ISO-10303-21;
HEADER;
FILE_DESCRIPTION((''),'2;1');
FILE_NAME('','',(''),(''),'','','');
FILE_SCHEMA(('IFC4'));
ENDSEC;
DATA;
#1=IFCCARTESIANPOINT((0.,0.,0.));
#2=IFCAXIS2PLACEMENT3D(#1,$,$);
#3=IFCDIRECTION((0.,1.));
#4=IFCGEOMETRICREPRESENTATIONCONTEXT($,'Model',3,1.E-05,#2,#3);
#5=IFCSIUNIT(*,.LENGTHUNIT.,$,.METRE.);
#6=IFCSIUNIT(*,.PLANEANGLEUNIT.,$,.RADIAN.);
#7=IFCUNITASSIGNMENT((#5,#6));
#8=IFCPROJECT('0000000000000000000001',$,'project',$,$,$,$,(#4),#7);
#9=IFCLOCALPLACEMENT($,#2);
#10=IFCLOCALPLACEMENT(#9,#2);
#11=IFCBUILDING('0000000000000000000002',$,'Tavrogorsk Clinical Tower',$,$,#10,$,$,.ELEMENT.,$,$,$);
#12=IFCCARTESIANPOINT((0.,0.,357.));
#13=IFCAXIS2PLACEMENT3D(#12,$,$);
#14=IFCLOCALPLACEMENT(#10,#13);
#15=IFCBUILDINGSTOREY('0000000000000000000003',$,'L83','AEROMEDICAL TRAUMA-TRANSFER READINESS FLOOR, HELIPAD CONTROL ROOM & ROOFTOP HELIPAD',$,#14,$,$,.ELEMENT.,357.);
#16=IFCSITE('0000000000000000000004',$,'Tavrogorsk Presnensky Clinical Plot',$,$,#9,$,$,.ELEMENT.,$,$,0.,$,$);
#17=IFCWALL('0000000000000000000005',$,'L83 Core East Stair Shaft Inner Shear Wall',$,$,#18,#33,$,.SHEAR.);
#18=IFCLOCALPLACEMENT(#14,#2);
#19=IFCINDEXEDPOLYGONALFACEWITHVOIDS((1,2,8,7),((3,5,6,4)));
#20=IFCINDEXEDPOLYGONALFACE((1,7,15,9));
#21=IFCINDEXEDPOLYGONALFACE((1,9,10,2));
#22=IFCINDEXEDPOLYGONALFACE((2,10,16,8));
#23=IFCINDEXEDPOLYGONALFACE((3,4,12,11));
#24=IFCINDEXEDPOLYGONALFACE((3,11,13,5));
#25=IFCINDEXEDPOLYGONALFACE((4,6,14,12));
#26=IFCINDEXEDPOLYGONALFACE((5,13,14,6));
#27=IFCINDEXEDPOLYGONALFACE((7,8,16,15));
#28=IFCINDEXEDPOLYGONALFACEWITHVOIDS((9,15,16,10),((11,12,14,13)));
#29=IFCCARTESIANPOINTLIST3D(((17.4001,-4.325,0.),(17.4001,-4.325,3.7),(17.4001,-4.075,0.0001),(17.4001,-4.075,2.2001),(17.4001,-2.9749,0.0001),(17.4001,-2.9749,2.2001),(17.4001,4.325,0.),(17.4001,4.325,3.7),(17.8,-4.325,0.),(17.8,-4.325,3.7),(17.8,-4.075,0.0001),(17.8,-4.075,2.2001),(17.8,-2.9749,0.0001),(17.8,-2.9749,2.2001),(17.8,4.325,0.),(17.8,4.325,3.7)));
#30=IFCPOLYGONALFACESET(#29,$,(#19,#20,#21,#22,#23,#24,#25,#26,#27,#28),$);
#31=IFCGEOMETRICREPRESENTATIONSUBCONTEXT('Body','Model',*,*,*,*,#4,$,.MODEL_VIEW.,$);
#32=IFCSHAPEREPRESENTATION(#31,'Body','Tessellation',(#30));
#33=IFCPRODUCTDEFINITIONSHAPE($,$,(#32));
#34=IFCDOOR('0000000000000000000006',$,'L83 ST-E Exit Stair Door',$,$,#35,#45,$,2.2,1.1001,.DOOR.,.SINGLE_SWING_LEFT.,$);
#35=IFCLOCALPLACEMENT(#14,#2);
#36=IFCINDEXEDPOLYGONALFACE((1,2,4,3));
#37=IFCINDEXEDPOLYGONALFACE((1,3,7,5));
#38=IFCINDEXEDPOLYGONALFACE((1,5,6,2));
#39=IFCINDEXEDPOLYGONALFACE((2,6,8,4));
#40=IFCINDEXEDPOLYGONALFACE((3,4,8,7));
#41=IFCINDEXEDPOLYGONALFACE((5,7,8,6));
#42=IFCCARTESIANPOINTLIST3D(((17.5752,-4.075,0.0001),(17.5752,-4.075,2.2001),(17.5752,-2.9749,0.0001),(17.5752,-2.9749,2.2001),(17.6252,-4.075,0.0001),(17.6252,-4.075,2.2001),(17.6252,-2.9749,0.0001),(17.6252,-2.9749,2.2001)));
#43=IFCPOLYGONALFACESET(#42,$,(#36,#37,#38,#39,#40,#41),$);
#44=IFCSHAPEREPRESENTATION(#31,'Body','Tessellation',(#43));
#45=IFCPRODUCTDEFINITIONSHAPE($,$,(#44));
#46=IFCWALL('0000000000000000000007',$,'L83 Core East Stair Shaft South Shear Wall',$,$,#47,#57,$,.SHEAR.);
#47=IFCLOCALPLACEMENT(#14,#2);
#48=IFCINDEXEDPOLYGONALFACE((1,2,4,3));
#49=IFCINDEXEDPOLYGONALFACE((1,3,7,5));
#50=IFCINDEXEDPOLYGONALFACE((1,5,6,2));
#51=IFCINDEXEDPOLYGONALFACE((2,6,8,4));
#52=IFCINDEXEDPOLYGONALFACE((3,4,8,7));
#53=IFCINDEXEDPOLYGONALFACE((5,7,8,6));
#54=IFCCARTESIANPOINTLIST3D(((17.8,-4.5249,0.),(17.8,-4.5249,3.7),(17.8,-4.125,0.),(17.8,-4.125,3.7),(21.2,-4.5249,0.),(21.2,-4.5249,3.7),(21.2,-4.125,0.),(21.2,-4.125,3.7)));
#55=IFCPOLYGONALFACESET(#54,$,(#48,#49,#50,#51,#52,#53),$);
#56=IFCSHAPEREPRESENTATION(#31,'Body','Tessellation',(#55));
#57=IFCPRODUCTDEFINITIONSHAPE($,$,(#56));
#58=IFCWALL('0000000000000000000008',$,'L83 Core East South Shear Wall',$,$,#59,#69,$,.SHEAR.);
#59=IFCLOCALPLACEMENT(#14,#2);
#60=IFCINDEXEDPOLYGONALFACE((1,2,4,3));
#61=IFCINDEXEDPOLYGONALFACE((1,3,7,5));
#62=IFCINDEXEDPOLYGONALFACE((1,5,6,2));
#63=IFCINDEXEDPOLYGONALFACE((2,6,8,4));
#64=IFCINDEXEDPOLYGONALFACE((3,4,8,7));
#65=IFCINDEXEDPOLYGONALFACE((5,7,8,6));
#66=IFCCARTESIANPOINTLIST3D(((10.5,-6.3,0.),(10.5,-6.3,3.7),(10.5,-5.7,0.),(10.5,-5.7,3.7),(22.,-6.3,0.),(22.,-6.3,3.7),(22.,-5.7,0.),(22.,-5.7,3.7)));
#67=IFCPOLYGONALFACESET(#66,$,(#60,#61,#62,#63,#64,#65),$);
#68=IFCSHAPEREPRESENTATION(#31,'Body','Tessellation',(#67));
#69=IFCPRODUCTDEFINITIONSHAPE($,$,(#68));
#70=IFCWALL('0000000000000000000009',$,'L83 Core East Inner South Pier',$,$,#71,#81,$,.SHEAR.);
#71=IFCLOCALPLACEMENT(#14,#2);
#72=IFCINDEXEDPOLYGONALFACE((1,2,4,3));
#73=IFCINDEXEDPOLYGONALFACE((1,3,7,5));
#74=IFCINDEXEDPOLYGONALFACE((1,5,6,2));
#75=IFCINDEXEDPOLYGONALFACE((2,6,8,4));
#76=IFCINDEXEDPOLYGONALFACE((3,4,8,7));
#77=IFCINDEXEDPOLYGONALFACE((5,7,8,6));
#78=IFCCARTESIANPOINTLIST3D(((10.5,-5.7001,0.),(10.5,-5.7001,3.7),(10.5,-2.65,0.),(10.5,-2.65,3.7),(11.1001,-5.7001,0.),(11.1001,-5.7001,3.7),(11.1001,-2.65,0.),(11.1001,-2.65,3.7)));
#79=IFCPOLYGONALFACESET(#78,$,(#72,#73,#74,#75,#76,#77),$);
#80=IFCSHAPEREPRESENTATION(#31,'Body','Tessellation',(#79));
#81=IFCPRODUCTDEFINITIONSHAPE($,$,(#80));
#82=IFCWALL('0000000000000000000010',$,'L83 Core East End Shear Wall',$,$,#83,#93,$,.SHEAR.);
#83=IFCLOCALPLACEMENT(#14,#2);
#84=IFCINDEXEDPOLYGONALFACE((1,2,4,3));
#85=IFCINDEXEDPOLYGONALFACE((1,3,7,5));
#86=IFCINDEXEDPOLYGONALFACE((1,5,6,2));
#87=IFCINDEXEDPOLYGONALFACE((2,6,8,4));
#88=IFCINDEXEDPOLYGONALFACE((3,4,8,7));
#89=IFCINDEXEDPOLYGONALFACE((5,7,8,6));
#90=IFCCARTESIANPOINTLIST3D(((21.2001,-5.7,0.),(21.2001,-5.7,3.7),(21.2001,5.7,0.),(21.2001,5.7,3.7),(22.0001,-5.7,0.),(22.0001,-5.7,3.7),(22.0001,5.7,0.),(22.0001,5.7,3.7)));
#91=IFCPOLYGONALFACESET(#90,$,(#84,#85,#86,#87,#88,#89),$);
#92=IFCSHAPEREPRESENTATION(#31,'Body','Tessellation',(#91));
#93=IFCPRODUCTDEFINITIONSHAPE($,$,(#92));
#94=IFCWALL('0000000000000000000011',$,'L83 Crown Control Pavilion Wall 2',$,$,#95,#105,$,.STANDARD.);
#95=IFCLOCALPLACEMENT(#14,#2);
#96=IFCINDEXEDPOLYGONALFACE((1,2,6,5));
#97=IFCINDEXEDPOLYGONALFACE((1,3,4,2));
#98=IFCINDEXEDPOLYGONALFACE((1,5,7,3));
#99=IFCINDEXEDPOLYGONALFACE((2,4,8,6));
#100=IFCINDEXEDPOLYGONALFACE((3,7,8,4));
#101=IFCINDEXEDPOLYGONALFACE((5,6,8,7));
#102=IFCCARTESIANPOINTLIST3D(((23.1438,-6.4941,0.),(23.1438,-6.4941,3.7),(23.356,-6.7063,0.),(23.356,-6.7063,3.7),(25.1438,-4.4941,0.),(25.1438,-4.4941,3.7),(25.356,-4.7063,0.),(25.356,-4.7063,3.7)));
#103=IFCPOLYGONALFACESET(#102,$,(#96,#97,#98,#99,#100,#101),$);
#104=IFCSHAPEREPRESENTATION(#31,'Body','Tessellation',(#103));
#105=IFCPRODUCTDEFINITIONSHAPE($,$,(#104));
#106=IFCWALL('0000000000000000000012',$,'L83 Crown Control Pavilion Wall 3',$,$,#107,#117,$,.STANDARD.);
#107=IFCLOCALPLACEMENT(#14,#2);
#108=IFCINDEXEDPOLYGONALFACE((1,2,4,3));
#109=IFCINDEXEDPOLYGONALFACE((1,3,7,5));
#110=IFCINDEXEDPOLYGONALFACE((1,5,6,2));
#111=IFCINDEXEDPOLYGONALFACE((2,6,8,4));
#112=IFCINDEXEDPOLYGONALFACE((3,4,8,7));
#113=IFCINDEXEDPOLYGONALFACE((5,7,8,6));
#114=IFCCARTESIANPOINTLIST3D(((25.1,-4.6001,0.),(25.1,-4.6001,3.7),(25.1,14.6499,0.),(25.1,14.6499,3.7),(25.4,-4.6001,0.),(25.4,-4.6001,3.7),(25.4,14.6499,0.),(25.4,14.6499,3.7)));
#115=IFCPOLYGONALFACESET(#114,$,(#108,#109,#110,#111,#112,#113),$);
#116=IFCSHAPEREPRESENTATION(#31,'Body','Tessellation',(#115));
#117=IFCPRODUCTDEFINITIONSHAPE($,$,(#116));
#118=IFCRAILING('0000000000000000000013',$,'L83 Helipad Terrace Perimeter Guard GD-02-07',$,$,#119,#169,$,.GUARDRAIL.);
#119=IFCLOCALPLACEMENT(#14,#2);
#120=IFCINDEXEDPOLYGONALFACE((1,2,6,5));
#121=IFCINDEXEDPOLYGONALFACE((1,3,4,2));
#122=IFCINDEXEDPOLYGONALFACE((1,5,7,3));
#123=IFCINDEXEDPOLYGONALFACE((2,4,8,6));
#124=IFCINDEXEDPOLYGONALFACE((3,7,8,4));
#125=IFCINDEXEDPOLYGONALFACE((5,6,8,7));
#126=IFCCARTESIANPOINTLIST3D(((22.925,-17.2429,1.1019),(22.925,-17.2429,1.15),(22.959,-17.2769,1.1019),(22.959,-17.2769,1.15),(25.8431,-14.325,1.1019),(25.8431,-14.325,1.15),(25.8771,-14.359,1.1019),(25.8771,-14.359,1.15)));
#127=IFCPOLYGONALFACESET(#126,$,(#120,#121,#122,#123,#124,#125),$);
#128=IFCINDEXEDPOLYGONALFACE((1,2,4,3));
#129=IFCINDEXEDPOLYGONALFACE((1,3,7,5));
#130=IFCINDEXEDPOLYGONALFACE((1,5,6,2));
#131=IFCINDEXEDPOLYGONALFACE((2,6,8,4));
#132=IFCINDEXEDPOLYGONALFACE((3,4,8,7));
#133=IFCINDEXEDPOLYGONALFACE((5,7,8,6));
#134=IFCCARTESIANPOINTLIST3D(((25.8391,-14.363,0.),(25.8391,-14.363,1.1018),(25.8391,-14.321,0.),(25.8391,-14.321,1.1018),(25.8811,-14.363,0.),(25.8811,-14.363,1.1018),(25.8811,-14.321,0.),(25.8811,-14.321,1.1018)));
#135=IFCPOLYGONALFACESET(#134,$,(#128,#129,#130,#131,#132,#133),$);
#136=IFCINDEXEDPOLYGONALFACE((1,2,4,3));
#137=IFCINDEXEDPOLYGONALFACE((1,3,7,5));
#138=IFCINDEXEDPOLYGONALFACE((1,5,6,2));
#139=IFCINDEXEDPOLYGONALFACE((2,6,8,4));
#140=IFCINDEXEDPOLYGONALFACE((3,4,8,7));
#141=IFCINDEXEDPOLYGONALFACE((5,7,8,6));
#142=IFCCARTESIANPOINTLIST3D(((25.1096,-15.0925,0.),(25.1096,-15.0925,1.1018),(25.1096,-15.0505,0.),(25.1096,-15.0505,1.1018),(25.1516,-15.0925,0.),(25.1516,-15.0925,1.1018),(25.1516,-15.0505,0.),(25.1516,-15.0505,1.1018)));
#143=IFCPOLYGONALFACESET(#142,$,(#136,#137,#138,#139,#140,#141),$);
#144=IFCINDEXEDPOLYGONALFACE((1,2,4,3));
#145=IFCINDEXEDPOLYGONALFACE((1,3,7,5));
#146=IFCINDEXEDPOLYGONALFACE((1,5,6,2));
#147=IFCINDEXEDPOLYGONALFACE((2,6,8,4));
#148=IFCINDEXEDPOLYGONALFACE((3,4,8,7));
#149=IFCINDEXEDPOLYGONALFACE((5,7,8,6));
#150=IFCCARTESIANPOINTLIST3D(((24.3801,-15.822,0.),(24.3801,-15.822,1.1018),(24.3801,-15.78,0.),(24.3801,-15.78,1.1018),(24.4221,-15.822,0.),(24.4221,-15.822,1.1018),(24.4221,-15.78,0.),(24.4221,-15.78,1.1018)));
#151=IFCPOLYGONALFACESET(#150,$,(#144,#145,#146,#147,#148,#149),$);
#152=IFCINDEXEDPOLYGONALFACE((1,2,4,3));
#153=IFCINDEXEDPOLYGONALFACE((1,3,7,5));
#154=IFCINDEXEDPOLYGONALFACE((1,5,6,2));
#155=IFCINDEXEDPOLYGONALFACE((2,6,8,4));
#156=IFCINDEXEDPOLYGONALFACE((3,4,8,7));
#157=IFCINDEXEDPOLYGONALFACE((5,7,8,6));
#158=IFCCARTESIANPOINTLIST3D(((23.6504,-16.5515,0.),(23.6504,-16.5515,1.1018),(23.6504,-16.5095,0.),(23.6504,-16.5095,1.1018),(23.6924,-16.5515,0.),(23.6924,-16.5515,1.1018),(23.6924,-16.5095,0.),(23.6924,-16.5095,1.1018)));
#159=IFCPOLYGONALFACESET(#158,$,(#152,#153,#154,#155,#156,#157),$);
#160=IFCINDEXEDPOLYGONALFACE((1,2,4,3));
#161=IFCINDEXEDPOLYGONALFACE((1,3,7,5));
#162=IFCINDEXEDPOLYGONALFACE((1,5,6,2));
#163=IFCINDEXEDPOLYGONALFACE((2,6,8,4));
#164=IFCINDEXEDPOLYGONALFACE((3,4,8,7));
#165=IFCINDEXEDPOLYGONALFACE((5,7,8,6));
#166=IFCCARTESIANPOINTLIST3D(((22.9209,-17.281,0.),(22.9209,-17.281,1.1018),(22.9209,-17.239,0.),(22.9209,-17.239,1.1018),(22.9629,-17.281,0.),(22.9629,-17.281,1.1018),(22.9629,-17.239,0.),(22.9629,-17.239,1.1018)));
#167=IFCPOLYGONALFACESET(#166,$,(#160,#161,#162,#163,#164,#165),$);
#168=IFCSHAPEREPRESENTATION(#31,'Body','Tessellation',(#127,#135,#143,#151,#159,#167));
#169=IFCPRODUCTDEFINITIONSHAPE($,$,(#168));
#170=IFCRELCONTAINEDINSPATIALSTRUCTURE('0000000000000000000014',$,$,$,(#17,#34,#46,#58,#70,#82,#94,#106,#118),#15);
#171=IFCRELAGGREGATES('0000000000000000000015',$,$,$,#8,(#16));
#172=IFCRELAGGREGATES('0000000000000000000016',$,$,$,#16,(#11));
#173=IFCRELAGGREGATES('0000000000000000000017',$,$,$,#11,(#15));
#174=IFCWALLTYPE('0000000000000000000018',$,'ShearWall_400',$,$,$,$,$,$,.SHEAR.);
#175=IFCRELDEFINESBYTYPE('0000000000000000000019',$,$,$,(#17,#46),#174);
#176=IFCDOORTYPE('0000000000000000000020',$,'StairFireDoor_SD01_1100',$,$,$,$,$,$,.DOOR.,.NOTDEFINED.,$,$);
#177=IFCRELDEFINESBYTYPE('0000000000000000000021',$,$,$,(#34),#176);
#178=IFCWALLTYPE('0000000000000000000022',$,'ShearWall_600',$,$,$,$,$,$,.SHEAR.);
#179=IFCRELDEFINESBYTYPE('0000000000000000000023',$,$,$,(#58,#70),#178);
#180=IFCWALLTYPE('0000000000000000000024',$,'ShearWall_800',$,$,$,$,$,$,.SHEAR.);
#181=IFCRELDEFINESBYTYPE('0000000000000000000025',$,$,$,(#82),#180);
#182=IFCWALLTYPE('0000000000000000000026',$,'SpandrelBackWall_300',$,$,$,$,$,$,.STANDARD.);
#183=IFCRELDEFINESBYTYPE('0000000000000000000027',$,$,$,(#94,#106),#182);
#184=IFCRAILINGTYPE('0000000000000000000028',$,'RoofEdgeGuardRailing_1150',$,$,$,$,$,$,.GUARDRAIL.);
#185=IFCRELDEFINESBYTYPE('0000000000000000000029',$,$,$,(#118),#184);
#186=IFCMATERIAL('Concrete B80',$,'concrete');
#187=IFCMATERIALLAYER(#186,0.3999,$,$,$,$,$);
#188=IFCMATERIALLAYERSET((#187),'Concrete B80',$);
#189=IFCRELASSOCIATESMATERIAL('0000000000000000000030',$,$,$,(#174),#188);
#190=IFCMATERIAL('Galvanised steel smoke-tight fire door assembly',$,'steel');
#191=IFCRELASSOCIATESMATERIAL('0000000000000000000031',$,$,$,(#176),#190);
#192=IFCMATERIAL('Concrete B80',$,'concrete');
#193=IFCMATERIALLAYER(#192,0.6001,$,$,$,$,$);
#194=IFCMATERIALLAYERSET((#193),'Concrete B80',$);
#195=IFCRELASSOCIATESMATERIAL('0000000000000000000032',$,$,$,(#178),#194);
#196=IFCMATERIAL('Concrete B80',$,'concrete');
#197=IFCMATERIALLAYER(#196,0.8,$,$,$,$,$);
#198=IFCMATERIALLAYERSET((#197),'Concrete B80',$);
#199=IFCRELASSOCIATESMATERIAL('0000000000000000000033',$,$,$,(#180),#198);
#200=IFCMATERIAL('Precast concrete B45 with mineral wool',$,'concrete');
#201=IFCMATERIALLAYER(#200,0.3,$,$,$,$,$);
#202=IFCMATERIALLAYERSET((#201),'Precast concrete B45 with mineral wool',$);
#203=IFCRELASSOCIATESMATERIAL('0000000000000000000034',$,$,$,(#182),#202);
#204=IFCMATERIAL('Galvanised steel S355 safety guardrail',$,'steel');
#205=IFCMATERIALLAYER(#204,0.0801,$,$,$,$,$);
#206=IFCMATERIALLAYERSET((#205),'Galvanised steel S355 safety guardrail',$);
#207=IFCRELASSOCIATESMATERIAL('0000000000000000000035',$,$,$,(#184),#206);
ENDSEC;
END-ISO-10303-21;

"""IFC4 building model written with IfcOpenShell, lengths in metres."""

from ifc_helpers import new_model, si_unit, direction, frame, frame_2d, origin, origin_2d, place, context, subcontext, project, spatial, rectangle, extrude, material, layer, layer_set, type_object, element, fill, save


model = new_model("IFC4")

# Units and contexts
model_context = context("Model", 3, precision=1e-05, world=origin(), true_north=direction((0.0, 1.0)))
body_context = subcontext(model_context, "Body", "Model", "MODEL_VIEW")
ifc_project = project(units=[si_unit("LENGTHUNIT", "METRE"), si_unit("PLANEANGLEUNIT", "RADIAN")], contexts=[model_context])

# Site, building, storey
site_placement = place(None, origin())
site = spatial("IfcSite", under=ifc_project, at=site_placement, Name="Tavrogorsk Presnensky Clinical Plot", CompositionType="ELEMENT", RefElevation=0.0)
building_placement = place(site_placement, origin())
building = spatial("IfcBuilding", under=site, at=building_placement, Name="Tavrogorsk Clinical Tower", CompositionType="ELEMENT")
storey_placement = place(building_placement, frame((0.0, 0.0, 357.0)))
storey = spatial("IfcBuildingStorey", under=building, at=storey_placement, Name="L83", Description="AEROMEDICAL TRAUMA-TRANSFER READINESS FLOOR, HELIPAD CONTROL ROOM & ROOFTOP HELIPAD", CompositionType="ELEMENT", Elevation=357.0)

# Wall, opening, door
ifc_material_1 = material(Name="Concrete B80", Category="concrete")
ifc_layer_1 = layer(ifc_material_1, 0.3999)
ifc_layer_set_1 = layer_set([ifc_layer_1], Name="Concrete B80")
wall_type_1 = type_object("IfcWallType", Name="ShearWall_400", PredefinedType="SHEAR", material=ifc_layer_set_1)
wall_1_placement = place(storey_placement, frame((17.6001, -4.325, 0.0), z_axis=(0.0, 0.0, 1.0), x_axis=(0.0, 1.0, 0.0)))
wall_1 = element("IfcWall", 1, at=wall_1_placement, inside=storey, type_object=wall_type_1, Name="L83 Core East Stair Shaft Inner Shear Wall", PredefinedType="SHEAR", context=body_context, shape_type="SweptSolid", body=[
    extrude(rectangle(XDim=8.6499, YDim=0.3999, at=frame_2d((4.325, 0.0))), origin(), (0.0, 0.0, 1.0), 3.7),
])
opening_1_placement = place(wall_1_placement, frame((0.25, 0.0, 0.0)))
opening_1 = element("IfcOpeningElement", 2, at=opening_1_placement, cuts=wall_1, PredefinedType="OPENING", context=body_context, shape_type="SweptSolid", body=[
    extrude(rectangle(XDim=1.1001, YDim=2.2, at=frame_2d((0.55, 1.1001))), frame((0.0, 0.21, 0.0), z_axis=(0.0, -1.0, 0.0), x_axis=(1.0, 0.0, 0.0)), (0.0, 0.0, 1.0), 0.4199),
])
ifc_material_2 = material(Name="Galvanised steel smoke-tight fire door assembly", Category="steel")
door_type_1 = type_object("IfcDoorType", Name="StairFireDoor_SD01_1100", OperationType="NOTDEFINED", PredefinedType="DOOR", material=ifc_material_2)
door_1_placement = place(opening_1_placement, origin())
door_1 = element("IfcDoor", 3, at=door_1_placement, inside=storey, type_object=door_type_1, Name="L83 ST-E Exit Stair Door", OperationType="SINGLE_SWING_LEFT", OverallHeight=2.2, OverallWidth=1.1001, PredefinedType="DOOR", context=body_context, shape_type="SweptSolid", body=[
    extrude(rectangle(XDim=1.1001, YDim=2.2, at=frame_2d((0.55, 1.1001))), frame((0.0, 0.0249, 0.0), z_axis=(0.0, -1.0, 0.0), x_axis=(1.0, 0.0, 0.0)), (0.0, 0.0, 1.0), 0.05),
])
fill(opening_1, door_1)

# Walls
wall_2_placement = place(storey_placement, frame((17.8, -4.325, 0.0), z_axis=(0.0, 0.0, 1.0), x_axis=(1.0, 0.0, 0.0)))
element("IfcWall", 4, at=wall_2_placement, inside=storey, type_object=wall_type_1, Name="L83 Core East Stair Shaft South Shear Wall", PredefinedType="SHEAR", context=body_context, shape_type="SweptSolid", body=[
    extrude(rectangle(XDim=3.3999, YDim=0.3999, at=frame_2d((1.7, 0.0))), origin(), (0.0, 0.0, 1.0), 3.7),
])
ifc_material_3 = material(Name="Concrete B80", Category="concrete")
ifc_layer_2 = layer(ifc_material_3, 0.6001)
ifc_layer_set_2 = layer_set([ifc_layer_2], Name="Concrete B80")
wall_type_2 = type_object("IfcWallType", Name="ShearWall_600", PredefinedType="SHEAR", material=ifc_layer_set_2)
wall_3_placement = place(storey_placement, frame((10.5, -6.0, 0.0), z_axis=(0.0, 0.0, 1.0), x_axis=(1.0, 0.0, 0.0)))
element("IfcWall", 5, at=wall_3_placement, inside=storey, type_object=wall_type_2, Name="L83 Core East South Shear Wall", PredefinedType="SHEAR", context=body_context, shape_type="SweptSolid", body=[
    extrude(rectangle(XDim=11.5, YDim=0.6001, at=frame_2d((5.75, 0.0))), origin(), (0.0, 0.0, 1.0), 3.7),
])
wall_4_placement = place(storey_placement, frame((10.8, -5.7, 0.0), z_axis=(0.0, 0.0, 1.0), x_axis=(0.0, 1.0, 0.0)))
element("IfcWall", 6, at=wall_4_placement, inside=storey, type_object=wall_type_2, Name="L83 Core East Inner South Pier", PredefinedType="SHEAR", context=body_context, shape_type="SweptSolid", body=[
    extrude(rectangle(XDim=3.05, YDim=0.6001, at=frame_2d((1.5249, 0.0))), origin(), (0.0, 0.0, 1.0), 3.7),
])
ifc_material_4 = material(Name="Concrete B80", Category="concrete")
ifc_layer_3 = layer(ifc_material_4, 0.8)
ifc_layer_set_3 = layer_set([ifc_layer_3], Name="Concrete B80")
wall_type_3 = type_object("IfcWallType", Name="ShearWall_800", PredefinedType="SHEAR", material=ifc_layer_set_3)
wall_5_placement = place(storey_placement, frame((21.6001, -5.7, 0.0), z_axis=(0.0, 0.0, 1.0), x_axis=(0.0, 1.0, 0.0)))
element("IfcWall", 7, at=wall_5_placement, inside=storey, type_object=wall_type_3, Name="L83 Core East End Shear Wall", PredefinedType="SHEAR", context=body_context, shape_type="SweptSolid", body=[
    extrude(rectangle(XDim=11.3999, YDim=0.8, at=frame_2d((5.7, 0.0))), origin(), (0.0, 0.0, 1.0), 3.7),
])
ifc_material_5 = material(Name="Precast concrete B45 with mineral wool", Category="concrete")
ifc_layer_4 = layer(ifc_material_5, 0.3)
ifc_layer_set_4 = layer_set([ifc_layer_4], Name="Precast concrete B45 with mineral wool")
wall_type_4 = type_object("IfcWallType", Name="SpandrelBackWall_300", PredefinedType="STANDARD", material=ifc_layer_set_4)
wall_6_placement = place(storey_placement, frame((23.25, -6.6001, 0.0), z_axis=(0.0, 0.0, 1.0), x_axis=(0.707107, 0.707107, 0.0)))
element("IfcWall", 8, at=wall_6_placement, inside=storey, type_object=wall_type_4, Name="L83 Crown Control Pavilion Wall 2", PredefinedType="STANDARD", context=body_context, shape_type="SweptSolid", body=[
    extrude(rectangle(XDim=2.8284, YDim=0.3, at=frame_2d((1.4141, 0.0))), origin(), (0.0, 0.0, 1.0), 3.7),
])
wall_7_placement = place(storey_placement, frame((25.25, -4.6001, 0.0), z_axis=(0.0, 0.0, 1.0), x_axis=(0.0, 1.0, 0.0)))
element("IfcWall", 9, at=wall_7_placement, inside=storey, type_object=wall_type_4, Name="L83 Crown Control Pavilion Wall 3", PredefinedType="STANDARD", context=body_context, shape_type="SweptSolid", body=[
    extrude(rectangle(XDim=19.25, YDim=0.3, at=frame_2d((9.625, 0.0))), origin(), (0.0, 0.0, 1.0), 3.7),
])

# Railing
ifc_material_6 = material(Name="Galvanised steel S355 safety guardrail", Category="steel")
ifc_layer_5 = layer(ifc_material_6, 0.0801)
ifc_layer_set_5 = layer_set([ifc_layer_5], Name="Galvanised steel S355 safety guardrail")
railing_type_1 = type_object("IfcRailingType", Name="RoofEdgeGuardRailing_1150", PredefinedType="GUARDRAIL", material=ifc_layer_set_5)
railing_1_placement = place(storey_placement, frame((25.8601, -14.342, 0.0)))
element("IfcRailing", 10, at=railing_1_placement, inside=storey, type_object=railing_type_1, Name="L83 Helipad Terrace Perimeter Guard GD-02-07", PredefinedType="GUARDRAIL", context=body_context, shape_type="SweptSolid", body=[
    extrude(rectangle(XDim=0.0481, YDim=0.0481, at=origin_2d()), frame((0.0, 0.0, 1.126), z_axis=(-0.707136, -0.707077, 0.0), x_axis=(0.707077, -0.707136, 0.0)), (0.0, 0.0, 1.0), 4.1267),
    extrude(rectangle(XDim=0.042, YDim=0.042, at=origin_2d()), origin(), (0.0, 0.0, 1.0), 1.1018),
    extrude(rectangle(XDim=0.042, YDim=0.042, at=origin_2d()), frame((-0.7295, -0.7295, 0.0)), (0.0, 0.0, 1.0), 1.1018),
    extrude(rectangle(XDim=0.042, YDim=0.042, at=origin_2d()), frame((-1.459, -1.459, 0.0)), (0.0, 0.0, 1.0), 1.1018),
    extrude(rectangle(XDim=0.042, YDim=0.042, at=origin_2d()), frame((-2.1887, -2.1885, 0.0)), (0.0, 0.0, 1.0), 1.1018),
    extrude(rectangle(XDim=0.042, YDim=0.042, at=origin_2d()), frame((-2.9182, -2.918, 0.0)), (0.0, 0.0, 1.0), 1.1018),
])

save(model, "model.ifc")
